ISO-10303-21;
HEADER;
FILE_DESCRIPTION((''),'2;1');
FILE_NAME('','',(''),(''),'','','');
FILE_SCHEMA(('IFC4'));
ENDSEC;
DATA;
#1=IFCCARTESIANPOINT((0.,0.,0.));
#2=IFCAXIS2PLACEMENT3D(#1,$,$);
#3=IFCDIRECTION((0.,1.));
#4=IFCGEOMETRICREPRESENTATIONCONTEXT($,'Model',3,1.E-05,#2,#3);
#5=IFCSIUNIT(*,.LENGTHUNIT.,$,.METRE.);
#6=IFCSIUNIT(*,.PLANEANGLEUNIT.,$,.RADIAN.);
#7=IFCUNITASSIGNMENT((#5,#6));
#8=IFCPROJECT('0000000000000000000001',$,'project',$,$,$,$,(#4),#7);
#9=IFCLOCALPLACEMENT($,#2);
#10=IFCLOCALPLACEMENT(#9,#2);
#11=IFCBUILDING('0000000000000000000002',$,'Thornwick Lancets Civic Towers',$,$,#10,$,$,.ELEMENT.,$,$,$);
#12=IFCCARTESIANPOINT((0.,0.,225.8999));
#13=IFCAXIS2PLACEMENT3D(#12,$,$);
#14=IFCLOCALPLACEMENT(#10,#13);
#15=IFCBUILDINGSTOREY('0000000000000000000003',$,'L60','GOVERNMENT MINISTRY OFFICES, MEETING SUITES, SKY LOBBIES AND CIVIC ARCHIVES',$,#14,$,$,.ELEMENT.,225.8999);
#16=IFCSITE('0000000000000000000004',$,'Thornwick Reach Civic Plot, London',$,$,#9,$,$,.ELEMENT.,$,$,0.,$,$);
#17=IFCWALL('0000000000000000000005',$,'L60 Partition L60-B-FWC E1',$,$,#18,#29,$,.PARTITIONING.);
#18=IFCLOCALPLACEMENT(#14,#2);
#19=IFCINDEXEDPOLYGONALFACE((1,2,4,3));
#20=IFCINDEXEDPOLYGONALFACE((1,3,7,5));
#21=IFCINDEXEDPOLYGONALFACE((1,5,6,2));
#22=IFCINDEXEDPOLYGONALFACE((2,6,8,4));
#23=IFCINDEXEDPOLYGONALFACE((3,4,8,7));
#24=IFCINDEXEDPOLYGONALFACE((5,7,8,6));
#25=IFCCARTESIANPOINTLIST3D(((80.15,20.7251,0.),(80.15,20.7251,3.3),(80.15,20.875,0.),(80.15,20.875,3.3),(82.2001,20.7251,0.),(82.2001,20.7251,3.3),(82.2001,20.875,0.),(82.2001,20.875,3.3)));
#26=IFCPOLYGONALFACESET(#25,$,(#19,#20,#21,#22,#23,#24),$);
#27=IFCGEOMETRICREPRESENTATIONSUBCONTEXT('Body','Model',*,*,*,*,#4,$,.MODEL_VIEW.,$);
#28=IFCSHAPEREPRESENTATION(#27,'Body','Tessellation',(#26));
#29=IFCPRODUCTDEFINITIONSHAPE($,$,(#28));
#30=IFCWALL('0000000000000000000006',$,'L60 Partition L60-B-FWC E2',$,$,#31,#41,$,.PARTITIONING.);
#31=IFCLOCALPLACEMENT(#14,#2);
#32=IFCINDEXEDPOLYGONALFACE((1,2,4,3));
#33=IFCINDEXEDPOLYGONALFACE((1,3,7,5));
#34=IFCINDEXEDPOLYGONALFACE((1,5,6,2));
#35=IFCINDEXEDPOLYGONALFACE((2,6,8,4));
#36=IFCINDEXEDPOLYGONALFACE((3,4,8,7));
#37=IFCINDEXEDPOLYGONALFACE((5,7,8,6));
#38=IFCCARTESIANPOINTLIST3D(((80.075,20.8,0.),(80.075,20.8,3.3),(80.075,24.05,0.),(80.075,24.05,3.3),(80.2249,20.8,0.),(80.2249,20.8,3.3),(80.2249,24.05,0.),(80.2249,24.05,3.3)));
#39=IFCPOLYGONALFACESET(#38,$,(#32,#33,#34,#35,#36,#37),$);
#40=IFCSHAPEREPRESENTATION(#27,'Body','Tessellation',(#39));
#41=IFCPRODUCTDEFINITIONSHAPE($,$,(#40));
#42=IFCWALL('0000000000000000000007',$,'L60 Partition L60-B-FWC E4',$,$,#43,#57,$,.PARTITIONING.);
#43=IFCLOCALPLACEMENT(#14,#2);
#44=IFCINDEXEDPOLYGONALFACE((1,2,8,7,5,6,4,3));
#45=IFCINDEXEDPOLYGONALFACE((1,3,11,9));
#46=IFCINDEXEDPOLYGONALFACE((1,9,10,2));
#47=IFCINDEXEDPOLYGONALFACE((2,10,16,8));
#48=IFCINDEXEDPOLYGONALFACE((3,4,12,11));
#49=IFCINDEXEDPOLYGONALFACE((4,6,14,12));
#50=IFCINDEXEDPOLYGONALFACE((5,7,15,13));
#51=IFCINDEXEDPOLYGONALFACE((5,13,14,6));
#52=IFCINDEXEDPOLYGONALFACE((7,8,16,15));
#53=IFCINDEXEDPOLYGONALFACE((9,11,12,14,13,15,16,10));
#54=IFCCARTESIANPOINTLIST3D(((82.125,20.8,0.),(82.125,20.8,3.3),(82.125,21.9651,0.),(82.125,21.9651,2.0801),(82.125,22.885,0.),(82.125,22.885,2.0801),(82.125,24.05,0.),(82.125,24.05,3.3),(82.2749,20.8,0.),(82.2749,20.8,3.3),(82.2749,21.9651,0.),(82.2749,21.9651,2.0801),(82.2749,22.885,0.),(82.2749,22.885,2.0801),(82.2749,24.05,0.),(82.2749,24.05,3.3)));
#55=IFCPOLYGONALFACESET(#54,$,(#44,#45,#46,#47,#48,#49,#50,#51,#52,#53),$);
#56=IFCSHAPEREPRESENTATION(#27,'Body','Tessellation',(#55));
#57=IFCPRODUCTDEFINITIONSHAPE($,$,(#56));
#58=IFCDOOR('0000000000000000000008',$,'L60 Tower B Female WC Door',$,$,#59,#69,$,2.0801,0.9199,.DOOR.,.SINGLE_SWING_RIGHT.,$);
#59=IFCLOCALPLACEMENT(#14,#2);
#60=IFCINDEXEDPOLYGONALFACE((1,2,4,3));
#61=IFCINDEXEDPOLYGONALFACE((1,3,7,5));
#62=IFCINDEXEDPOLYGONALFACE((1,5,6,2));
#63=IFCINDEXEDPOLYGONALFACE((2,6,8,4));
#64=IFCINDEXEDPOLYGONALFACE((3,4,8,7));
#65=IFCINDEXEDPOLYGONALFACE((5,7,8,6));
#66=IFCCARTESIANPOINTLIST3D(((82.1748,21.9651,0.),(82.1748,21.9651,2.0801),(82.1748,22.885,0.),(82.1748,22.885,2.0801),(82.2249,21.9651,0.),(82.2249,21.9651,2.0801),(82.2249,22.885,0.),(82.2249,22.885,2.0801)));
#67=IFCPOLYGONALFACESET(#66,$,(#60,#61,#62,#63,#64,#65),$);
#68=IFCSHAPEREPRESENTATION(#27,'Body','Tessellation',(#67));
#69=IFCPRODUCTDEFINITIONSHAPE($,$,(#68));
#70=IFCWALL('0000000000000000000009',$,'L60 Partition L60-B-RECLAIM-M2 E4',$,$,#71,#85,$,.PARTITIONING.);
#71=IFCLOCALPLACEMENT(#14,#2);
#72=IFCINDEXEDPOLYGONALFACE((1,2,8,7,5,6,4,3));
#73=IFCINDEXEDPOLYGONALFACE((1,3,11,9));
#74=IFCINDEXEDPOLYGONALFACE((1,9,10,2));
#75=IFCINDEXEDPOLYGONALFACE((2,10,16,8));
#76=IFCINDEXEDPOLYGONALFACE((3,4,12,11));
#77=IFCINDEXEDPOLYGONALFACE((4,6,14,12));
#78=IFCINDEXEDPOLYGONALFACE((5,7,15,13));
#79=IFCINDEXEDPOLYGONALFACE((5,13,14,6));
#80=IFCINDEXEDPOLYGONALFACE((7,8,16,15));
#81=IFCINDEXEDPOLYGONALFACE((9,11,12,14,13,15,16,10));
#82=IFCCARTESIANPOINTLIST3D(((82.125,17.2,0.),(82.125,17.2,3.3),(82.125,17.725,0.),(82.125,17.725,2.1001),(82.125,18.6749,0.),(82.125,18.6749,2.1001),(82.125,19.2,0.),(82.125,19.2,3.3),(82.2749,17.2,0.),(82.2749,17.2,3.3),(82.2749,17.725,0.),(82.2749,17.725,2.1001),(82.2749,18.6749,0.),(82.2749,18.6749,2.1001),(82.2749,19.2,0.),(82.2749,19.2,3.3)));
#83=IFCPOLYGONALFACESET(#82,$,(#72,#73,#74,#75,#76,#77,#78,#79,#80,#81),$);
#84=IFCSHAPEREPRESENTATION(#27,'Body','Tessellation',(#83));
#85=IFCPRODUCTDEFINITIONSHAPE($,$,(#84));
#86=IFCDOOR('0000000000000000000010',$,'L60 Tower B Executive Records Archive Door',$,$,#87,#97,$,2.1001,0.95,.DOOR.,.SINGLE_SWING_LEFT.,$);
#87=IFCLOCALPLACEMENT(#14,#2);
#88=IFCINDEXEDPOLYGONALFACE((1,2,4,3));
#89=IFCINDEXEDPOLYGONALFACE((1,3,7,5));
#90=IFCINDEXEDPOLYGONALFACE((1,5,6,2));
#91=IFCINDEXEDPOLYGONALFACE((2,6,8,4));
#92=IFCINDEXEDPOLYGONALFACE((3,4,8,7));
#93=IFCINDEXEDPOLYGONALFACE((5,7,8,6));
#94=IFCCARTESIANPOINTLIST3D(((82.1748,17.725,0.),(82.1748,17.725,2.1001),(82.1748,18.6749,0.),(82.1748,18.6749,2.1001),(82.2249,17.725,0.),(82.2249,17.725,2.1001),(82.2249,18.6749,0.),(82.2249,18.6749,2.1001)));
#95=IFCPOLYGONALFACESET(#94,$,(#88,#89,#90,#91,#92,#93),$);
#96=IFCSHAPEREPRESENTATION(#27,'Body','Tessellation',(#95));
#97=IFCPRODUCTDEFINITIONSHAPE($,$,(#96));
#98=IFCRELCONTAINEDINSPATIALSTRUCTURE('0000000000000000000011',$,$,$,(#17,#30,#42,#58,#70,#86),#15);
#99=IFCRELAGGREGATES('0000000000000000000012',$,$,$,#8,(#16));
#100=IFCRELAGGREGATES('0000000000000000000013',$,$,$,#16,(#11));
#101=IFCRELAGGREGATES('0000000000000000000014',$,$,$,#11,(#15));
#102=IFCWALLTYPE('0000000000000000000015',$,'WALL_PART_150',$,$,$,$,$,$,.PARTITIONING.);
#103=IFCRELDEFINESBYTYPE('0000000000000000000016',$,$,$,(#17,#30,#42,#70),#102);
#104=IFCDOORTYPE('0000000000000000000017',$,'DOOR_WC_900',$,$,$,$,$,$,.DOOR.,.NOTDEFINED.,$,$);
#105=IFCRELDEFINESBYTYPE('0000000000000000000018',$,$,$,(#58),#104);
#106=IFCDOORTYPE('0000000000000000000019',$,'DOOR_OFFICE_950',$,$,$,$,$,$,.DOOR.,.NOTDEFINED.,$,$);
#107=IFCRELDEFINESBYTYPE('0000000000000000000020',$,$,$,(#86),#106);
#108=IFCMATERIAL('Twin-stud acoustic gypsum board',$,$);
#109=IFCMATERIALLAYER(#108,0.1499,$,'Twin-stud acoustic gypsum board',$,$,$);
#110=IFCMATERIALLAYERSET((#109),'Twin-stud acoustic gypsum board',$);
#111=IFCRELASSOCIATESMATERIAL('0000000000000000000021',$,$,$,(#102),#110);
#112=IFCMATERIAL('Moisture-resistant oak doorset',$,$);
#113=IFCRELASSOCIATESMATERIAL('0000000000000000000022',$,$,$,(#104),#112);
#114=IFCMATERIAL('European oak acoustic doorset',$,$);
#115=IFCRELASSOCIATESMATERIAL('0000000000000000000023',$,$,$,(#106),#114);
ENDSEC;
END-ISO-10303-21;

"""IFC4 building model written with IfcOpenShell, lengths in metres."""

from ifc_helpers import new_model, si_unit, direction, frame, frame_2d, origin, place, context, subcontext, project, spatial, rectangle, extrude, material, layer, layer_set, type_object, element, fill, save


model = new_model("IFC4")

# Units and contexts
model_context = context("Model", 3, precision=1e-05, world=origin(), true_north=direction((0.0, 1.0)))
body_context = subcontext(model_context, "Body", "Model", "MODEL_VIEW")
ifc_project = project(units=[si_unit("LENGTHUNIT", "METRE"), si_unit("PLANEANGLEUNIT", "RADIAN")], contexts=[model_context])

# Site, building, storey
site_placement = place(None, origin())
site = spatial("IfcSite", under=ifc_project, at=site_placement, Name="Thornwick Reach Civic Plot, London", CompositionType="ELEMENT", RefElevation=0.0)
building_placement = place(site_placement, origin())
building = spatial("IfcBuilding", under=site, at=building_placement, Name="Thornwick Lancets Civic Towers", CompositionType="ELEMENT")
storey_placement = place(building_placement, frame((0.0, 0.0, 225.8999)))
storey = spatial("IfcBuildingStorey", under=building, at=storey_placement, Name="L60", Description="GOVERNMENT MINISTRY OFFICES, MEETING SUITES, SKY LOBBIES AND CIVIC ARCHIVES", CompositionType="ELEMENT", Elevation=225.8999)

# Walls
ifc_material_1 = material(Name="Twin-stud acoustic gypsum board")
ifc_layer_1 = layer(ifc_material_1, 0.1499, Name="Twin-stud acoustic gypsum board")
ifc_layer_set_1 = layer_set([ifc_layer_1], Name="Twin-stud acoustic gypsum board")
wall_type_1 = type_object("IfcWallType", Name="WALL_PART_150", PredefinedType="PARTITIONING", material=ifc_layer_set_1)
wall_1_placement = place(storey_placement, frame((82.2, 20.8, 0.0), z_axis=(0.0, 0.0, 1.0), x_axis=(-1.0, 0.0, 0.0)))
element("IfcWall", 1, at=wall_1_placement, inside=storey, type_object=wall_type_1, Name="L60 Partition L60-B-FWC E1", PredefinedType="PARTITIONING", context=body_context, shape_type="SweptSolid", body=[
    extrude(rectangle(XDim=2.05, YDim=0.1499, at=frame_2d((1.0249, 0.0))), origin(), (0.0, 0.0, 1.0), 3.3),
])
wall_2_placement = place(storey_placement, frame((80.1499, 20.8, 0.0), z_axis=(0.0, 0.0, 1.0), x_axis=(0.0, 1.0, 0.0)))
element("IfcWall", 2, at=wall_2_placement, inside=storey, type_object=wall_type_1, Name="L60 Partition L60-B-FWC E2", PredefinedType="PARTITIONING", context=body_context, shape_type="SweptSolid", body=[
    extrude(rectangle(XDim=3.25, YDim=0.1499, at=frame_2d((1.625, 0.0))), origin(), (0.0, 0.0, 1.0), 3.3),
])

# Walls, openings, doors
wall_3_placement = place(storey_placement, frame((82.2, 24.05, 0.0), z_axis=(0.0, 0.0, 1.0), x_axis=(0.0, -1.0, 0.0)))
wall_3 = element("IfcWall", 3, at=wall_3_placement, inside=storey, type_object=wall_type_1, Name="L60 Partition L60-B-FWC E4", PredefinedType="PARTITIONING", context=body_context, shape_type="SweptSolid", body=[
    extrude(rectangle(XDim=3.25, YDim=0.1499, at=frame_2d((1.625, 0.0))), origin(), (0.0, 0.0, 1.0), 3.3),
])
opening_1_placement = place(wall_3_placement, frame((1.165, 0.0, 0.0)))
opening_1 = element("IfcOpeningElement", 4, at=opening_1_placement, cuts=wall_3, PredefinedType="OPENING", context=body_context, shape_type="SweptSolid", body=[
    extrude(rectangle(XDim=0.9199, YDim=2.0801, at=frame_2d((0.46, 1.04))), frame((0.0, 0.085, 0.0), z_axis=(0.0, -1.0, 0.0), x_axis=(1.0, 0.0, 0.0)), (0.0, 0.0, 1.0), 0.1699),
])
ifc_material_2 = material(Name="Moisture-resistant oak doorset")
door_type_1 = type_object("IfcDoorType", Name="DOOR_WC_900", OperationType="NOTDEFINED", PredefinedType="DOOR", material=ifc_material_2)
door_1_placement = place(opening_1_placement, origin())
door_1 = element("IfcDoor", 5, at=door_1_placement, inside=storey, type_object=door_type_1, Name="L60 Tower B Female WC Door", OperationType="SINGLE_SWING_RIGHT", OverallHeight=2.0801, OverallWidth=0.9199, PredefinedType="DOOR", context=body_context, shape_type="SweptSolid", body=[
    extrude(rectangle(XDim=0.9199, YDim=2.0801, at=frame_2d((0.46, 1.04))), frame((0.0, 0.0249, 0.0), z_axis=(0.0, -1.0, 0.0), x_axis=(1.0, 0.0, 0.0)), (0.0, 0.0, 1.0), 0.05),
])
fill(opening_1, door_1)
wall_4_placement = place(storey_placement, frame((82.2, 19.2, 0.0), z_axis=(0.0, 0.0, 1.0), x_axis=(0.0, -1.0, 0.0)))
wall_4 = element("IfcWall", 6, at=wall_4_placement, inside=storey, type_object=wall_type_1, Name="L60 Partition L60-B-RECLAIM-M2 E4", PredefinedType="PARTITIONING", context=body_context, shape_type="SweptSolid", body=[
    extrude(rectangle(XDim=2.0, YDim=0.1499, at=frame_2d((1.0, 0.0))), origin(), (0.0, 0.0, 1.0), 3.3),
])
opening_2_placement = place(wall_4_placement, frame((0.5249, 0.0, 0.0)))
opening_2 = element("IfcOpeningElement", 7, at=opening_2_placement, cuts=wall_4, PredefinedType="OPENING", context=body_context, shape_type="SweptSolid", body=[
    extrude(rectangle(XDim=0.95, YDim=2.1001, at=frame_2d((0.4751, 1.05))), frame((0.0, 0.085, 0.0), z_axis=(0.0, -1.0, 0.0), x_axis=(1.0, 0.0, 0.0)), (0.0, 0.0, 1.0), 0.1699),
])
ifc_material_3 = material(Name="European oak acoustic doorset")
door_type_2 = type_object("IfcDoorType", Name="DOOR_OFFICE_950", OperationType="NOTDEFINED", PredefinedType="DOOR", material=ifc_material_3)
door_2_placement = place(opening_2_placement, origin())
door_2 = element("IfcDoor", 8, at=door_2_placement, inside=storey, type_object=door_type_2, Name="L60 Tower B Executive Records Archive Door", OperationType="SINGLE_SWING_LEFT", OverallHeight=2.1001, OverallWidth=0.95, PredefinedType="DOOR", context=body_context, shape_type="SweptSolid", body=[
    extrude(rectangle(XDim=0.95, YDim=2.1001, at=frame_2d((0.4751, 1.05))), frame((0.0, 0.0249, 0.0), z_axis=(0.0, -1.0, 0.0), x_axis=(1.0, 0.0, 0.0)), (0.0, 0.0, 1.0), 0.05),
])
fill(opening_2, door_2)

save(model, "model.ifc")
